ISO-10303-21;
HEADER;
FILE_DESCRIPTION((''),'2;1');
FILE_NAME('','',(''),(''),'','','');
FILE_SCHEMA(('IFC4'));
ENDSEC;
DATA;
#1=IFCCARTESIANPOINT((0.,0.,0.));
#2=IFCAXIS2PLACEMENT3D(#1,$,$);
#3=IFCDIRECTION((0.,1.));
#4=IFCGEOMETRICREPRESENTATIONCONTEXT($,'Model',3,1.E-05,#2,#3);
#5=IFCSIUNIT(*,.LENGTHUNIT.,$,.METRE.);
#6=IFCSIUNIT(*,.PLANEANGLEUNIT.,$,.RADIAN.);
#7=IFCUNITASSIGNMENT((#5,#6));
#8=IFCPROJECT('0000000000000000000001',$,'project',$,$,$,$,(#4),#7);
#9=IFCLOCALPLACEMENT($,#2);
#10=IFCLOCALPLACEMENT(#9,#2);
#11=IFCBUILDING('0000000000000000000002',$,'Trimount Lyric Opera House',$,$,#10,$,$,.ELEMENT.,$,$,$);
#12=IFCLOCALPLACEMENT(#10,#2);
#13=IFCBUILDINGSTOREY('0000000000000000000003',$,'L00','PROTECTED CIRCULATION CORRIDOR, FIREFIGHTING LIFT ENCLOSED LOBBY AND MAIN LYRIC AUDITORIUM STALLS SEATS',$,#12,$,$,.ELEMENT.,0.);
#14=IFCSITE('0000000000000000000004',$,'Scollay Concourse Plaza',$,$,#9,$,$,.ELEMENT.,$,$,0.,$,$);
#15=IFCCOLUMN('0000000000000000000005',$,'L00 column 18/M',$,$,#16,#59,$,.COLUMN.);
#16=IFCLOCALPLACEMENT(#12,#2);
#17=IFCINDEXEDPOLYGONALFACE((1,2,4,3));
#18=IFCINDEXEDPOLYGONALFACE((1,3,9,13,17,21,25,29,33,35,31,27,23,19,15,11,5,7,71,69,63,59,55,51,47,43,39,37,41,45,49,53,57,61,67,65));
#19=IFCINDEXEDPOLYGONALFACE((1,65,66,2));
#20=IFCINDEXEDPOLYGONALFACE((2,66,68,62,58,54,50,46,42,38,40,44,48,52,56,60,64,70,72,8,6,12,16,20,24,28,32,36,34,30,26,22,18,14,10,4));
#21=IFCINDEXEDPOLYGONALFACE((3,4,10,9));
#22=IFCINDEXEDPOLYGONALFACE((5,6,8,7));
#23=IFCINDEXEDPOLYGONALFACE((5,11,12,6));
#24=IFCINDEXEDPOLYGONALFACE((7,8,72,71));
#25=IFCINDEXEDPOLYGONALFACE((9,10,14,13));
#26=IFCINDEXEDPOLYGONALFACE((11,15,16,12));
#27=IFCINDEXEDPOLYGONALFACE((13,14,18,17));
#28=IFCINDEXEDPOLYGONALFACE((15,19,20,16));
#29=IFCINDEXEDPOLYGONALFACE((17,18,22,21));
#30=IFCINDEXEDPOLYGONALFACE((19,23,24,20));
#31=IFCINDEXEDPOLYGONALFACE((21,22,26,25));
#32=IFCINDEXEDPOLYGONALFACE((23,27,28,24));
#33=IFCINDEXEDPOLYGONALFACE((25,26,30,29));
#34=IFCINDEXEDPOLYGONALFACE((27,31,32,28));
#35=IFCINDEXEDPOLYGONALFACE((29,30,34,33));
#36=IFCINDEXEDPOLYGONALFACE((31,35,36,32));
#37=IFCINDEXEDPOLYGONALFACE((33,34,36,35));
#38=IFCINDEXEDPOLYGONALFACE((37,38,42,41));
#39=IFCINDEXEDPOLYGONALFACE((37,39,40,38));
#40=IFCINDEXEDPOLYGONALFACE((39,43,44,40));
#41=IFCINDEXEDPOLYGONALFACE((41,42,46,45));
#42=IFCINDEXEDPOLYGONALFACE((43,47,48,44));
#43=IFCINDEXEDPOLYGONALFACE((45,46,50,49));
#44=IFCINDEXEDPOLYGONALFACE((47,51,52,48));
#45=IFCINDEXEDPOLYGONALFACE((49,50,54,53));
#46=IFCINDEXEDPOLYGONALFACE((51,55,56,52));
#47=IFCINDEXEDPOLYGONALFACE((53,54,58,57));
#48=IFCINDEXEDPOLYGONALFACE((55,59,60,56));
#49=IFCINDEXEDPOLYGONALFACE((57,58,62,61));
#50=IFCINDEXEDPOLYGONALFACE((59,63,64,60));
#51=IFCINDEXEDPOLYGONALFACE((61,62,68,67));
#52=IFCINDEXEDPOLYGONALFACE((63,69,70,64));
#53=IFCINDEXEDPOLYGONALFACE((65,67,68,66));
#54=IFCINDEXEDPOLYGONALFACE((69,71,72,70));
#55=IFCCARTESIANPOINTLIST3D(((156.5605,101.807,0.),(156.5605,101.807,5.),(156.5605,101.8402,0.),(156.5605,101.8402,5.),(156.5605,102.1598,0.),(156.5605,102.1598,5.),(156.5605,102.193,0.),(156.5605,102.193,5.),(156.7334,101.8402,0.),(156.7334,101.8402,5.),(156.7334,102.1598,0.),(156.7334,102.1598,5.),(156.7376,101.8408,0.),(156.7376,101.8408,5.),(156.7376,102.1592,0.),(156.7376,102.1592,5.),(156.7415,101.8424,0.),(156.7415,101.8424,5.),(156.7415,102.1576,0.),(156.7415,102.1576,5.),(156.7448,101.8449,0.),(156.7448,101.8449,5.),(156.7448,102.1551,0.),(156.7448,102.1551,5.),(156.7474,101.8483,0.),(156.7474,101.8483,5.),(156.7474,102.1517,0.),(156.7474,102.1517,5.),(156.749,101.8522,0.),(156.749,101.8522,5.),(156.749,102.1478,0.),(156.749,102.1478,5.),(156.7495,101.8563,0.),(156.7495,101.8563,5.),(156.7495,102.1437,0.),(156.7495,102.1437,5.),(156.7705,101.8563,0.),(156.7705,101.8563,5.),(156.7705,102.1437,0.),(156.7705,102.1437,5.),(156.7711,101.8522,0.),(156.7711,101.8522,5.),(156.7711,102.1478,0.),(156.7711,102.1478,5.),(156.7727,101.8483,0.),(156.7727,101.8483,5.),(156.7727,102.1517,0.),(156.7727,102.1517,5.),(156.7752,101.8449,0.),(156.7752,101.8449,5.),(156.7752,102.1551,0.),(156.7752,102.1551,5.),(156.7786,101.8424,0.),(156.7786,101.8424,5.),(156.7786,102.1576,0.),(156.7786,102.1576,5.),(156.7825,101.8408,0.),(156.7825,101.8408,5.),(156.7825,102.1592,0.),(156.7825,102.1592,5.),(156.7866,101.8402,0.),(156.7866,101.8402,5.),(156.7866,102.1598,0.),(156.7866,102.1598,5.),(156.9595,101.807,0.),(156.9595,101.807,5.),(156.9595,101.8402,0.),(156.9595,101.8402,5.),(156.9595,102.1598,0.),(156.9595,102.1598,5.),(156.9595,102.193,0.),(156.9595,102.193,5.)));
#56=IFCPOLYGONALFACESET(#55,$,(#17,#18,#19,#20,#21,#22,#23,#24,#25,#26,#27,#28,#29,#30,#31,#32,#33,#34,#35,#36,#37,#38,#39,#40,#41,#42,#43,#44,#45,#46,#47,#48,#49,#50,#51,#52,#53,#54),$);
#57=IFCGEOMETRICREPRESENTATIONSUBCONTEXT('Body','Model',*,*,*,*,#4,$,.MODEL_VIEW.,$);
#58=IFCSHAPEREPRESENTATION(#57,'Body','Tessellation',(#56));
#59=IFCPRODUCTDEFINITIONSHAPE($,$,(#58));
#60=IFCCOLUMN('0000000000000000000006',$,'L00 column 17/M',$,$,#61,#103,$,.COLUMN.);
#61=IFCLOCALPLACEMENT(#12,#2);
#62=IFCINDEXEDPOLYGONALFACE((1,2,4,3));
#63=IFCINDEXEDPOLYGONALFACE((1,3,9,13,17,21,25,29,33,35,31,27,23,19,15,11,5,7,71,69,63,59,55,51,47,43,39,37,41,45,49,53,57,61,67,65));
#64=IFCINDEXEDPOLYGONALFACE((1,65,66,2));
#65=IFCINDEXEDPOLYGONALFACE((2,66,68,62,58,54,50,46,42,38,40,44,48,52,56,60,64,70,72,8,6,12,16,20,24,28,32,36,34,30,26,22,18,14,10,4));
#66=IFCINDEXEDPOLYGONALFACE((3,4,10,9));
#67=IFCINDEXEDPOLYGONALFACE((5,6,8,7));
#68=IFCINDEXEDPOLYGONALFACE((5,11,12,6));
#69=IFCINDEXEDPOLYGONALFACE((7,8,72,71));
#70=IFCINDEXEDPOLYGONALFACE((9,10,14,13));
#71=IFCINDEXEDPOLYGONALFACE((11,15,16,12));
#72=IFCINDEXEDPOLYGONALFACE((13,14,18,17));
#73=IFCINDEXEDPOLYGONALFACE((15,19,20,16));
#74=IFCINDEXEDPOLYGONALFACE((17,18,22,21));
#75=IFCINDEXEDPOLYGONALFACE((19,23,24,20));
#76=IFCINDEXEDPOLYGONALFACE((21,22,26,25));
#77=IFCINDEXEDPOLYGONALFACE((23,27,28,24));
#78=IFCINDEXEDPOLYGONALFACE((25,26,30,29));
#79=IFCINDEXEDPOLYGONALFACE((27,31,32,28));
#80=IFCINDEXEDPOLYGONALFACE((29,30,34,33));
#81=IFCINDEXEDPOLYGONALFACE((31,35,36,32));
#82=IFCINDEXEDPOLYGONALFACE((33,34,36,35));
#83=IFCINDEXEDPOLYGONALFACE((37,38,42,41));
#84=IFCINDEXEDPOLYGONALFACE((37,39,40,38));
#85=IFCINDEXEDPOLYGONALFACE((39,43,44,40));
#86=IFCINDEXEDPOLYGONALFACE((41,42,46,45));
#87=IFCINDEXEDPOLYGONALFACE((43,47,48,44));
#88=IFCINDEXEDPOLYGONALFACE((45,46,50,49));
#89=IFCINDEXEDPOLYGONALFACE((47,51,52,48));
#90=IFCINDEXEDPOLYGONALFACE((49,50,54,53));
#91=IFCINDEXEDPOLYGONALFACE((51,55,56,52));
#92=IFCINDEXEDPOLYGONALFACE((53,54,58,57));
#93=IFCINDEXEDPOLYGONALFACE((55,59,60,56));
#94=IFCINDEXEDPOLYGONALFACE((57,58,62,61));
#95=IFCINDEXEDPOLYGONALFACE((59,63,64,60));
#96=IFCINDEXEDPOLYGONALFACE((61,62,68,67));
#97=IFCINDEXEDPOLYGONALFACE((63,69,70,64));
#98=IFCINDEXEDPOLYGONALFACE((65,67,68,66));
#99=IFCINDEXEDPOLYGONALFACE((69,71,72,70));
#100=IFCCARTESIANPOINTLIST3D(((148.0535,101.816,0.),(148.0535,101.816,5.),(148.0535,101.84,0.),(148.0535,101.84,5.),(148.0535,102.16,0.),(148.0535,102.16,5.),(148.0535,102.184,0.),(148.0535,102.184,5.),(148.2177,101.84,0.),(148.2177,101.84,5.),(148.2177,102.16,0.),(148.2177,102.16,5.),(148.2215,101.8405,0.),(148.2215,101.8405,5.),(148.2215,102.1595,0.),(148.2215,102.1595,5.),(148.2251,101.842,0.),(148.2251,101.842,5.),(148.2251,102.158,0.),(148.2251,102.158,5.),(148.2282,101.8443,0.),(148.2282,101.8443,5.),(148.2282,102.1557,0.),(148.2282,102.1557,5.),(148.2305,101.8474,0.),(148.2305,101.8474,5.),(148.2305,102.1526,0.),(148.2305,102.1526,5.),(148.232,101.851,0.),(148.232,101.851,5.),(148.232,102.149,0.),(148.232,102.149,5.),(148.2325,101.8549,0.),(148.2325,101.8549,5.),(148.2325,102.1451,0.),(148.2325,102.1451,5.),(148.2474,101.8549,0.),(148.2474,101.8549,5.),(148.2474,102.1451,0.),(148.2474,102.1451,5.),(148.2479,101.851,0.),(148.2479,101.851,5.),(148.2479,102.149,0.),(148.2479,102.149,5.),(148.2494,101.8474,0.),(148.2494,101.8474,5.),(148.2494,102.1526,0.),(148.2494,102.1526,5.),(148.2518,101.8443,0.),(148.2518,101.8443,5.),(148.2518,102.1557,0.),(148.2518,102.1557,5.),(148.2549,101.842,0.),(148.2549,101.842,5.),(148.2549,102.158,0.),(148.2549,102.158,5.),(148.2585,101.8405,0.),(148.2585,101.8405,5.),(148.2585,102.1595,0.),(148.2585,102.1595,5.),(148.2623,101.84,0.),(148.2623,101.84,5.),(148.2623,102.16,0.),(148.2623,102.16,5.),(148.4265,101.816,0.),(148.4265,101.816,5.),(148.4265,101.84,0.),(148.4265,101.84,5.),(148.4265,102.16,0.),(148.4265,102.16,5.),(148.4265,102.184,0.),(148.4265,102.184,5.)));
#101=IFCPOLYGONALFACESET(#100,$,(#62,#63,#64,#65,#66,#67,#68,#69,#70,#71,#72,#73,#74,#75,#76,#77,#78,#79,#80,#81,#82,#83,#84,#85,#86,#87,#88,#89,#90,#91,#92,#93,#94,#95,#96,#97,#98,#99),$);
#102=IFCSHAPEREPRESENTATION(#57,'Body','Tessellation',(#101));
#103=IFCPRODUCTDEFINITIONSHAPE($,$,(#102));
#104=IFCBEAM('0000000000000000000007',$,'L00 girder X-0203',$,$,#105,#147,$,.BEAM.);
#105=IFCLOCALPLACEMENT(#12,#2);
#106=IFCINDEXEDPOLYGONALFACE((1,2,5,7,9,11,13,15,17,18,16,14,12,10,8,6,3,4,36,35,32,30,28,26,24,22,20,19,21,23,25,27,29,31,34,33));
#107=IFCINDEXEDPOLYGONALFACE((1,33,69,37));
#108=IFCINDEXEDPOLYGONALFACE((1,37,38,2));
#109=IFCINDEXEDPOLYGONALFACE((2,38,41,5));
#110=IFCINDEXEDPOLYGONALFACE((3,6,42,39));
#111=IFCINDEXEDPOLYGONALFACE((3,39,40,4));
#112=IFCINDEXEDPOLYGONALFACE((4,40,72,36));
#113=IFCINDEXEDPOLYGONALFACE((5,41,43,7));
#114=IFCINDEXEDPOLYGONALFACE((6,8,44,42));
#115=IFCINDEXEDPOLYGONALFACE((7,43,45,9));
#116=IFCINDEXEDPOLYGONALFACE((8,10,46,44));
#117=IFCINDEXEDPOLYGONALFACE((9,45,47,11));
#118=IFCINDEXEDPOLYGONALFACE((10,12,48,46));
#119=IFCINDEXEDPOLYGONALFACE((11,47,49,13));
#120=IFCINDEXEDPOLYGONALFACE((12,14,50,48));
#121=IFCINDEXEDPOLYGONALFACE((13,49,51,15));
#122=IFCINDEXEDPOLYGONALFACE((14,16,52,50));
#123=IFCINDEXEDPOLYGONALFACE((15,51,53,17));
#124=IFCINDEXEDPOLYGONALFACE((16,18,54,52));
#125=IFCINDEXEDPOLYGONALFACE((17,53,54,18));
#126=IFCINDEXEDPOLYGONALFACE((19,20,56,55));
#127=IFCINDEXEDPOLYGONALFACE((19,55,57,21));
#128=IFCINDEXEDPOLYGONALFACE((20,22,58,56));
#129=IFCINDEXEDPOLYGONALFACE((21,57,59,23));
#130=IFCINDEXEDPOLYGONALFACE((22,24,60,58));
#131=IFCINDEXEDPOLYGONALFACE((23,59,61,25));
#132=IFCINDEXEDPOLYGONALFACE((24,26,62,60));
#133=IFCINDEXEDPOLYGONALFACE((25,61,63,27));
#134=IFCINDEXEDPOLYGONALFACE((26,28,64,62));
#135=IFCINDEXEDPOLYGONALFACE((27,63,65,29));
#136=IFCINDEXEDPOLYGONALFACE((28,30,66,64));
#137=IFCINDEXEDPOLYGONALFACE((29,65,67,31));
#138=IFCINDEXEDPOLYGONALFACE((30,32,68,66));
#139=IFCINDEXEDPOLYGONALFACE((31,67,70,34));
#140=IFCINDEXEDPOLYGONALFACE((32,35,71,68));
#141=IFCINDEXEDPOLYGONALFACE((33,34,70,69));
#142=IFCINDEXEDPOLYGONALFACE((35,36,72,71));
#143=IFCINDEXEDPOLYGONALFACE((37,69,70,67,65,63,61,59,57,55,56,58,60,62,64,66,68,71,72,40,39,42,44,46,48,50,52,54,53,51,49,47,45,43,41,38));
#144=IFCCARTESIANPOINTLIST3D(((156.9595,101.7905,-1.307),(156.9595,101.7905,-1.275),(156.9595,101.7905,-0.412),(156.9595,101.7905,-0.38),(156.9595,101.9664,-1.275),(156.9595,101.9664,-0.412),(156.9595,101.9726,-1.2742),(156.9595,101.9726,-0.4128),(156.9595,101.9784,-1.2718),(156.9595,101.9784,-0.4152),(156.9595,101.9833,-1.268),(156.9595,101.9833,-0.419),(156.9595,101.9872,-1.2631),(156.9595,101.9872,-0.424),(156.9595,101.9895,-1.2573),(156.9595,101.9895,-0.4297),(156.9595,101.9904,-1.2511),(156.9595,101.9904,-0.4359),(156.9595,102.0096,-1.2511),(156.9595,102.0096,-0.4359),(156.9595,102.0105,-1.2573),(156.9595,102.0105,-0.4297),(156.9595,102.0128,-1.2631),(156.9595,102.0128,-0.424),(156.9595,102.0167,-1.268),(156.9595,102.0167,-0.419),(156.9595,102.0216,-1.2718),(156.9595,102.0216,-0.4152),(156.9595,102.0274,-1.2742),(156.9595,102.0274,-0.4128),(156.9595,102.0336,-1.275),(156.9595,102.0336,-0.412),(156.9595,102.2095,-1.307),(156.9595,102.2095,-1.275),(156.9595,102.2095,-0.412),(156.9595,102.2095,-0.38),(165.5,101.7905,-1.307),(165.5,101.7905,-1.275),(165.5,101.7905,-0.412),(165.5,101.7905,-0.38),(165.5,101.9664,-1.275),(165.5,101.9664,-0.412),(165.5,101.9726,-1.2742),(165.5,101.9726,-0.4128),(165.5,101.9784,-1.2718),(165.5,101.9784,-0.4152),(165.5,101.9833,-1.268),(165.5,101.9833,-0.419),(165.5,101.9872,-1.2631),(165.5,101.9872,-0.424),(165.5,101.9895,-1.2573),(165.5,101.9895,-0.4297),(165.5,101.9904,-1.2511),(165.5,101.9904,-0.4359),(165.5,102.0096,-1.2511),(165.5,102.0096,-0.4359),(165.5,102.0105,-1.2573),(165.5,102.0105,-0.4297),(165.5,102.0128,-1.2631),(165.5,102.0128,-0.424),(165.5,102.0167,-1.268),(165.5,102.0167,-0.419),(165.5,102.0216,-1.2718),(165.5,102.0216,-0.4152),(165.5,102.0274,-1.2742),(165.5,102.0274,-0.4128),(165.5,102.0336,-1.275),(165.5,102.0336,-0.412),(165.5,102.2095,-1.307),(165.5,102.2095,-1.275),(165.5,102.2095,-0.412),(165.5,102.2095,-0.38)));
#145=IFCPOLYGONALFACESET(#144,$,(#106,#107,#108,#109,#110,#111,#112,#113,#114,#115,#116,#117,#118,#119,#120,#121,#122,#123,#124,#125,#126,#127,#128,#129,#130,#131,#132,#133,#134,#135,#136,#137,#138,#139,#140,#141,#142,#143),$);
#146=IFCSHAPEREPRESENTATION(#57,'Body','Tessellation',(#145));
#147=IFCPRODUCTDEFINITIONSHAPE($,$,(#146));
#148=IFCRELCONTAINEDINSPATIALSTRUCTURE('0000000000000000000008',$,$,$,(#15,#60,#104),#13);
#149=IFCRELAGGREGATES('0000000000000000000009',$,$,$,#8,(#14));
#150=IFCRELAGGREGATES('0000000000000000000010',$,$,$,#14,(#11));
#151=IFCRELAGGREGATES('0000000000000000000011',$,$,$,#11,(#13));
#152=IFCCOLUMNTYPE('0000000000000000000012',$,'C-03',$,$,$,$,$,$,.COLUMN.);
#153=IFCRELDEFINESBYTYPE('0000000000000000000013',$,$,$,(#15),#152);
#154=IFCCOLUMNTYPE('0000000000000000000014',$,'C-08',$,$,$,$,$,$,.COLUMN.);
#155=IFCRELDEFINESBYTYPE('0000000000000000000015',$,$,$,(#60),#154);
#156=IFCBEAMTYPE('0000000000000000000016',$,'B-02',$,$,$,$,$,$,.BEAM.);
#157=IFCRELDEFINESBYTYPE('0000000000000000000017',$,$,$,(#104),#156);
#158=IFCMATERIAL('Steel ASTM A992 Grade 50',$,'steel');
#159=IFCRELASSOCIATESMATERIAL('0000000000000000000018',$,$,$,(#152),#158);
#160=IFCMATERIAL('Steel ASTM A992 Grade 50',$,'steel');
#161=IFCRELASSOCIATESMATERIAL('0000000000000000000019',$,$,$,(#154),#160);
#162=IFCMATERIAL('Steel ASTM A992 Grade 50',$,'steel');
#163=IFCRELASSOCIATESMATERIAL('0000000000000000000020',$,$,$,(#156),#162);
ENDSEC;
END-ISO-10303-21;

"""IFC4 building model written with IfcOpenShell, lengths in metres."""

from ifc_helpers import new_model, si_unit, direction, frame, origin, origin_2d, place, context, subcontext, project, spatial, i_section, extrude, material, material_profile, profile_set, type_object, element, save


model = new_model("IFC4")

# Units and contexts
model_context = context("Model", 3, precision=1e-05, world=origin(), true_north=direction((0.0, 1.0)))
body_context = subcontext(model_context, "Body", "Model", "MODEL_VIEW")
ifc_project = project(units=[si_unit("LENGTHUNIT", "METRE"), si_unit("PLANEANGLEUNIT", "RADIAN")], contexts=[model_context])

# Site, building, storey
site_placement = place(None, origin())
site = spatial("IfcSite", under=ifc_project, at=site_placement, Name="Scollay Concourse Plaza", CompositionType="ELEMENT", RefElevation=0.0)
building_placement = place(site_placement, origin())
building = spatial("IfcBuilding", under=site, at=building_placement, Name="Trimount Lyric Opera House", CompositionType="ELEMENT")
storey_placement = place(building_placement, origin())
storey = spatial("IfcBuildingStorey", under=building, at=storey_placement, Name="L00", Description="PROTECTED CIRCULATION CORRIDOR, FIREFIGHTING LIFT ENCLOSED LOBBY AND MAIN LYRIC AUDITORIUM STALLS SEATS", CompositionType="ELEMENT", Elevation=0.0)

# Columns
ifc_material_1 = material(Name="Steel ASTM A992 Grade 50", Category="steel")
ifc_material_profile_1 = material_profile(ifc_material_1, i_section(OverallWidth=0.3989, OverallDepth=0.386, WebThickness=0.021, FlangeThickness=0.0332, FilletRadius=0.0161, at=origin_2d()), Name="W14X176")
ifc_profile_set_1 = profile_set([ifc_material_profile_1], Name="Steel ASTM A992 Grade 50")
column_type_1 = type_object("IfcColumnType", Name="C-03", PredefinedType="COLUMN", material=ifc_profile_set_1)
column_1_placement = place(storey_placement, frame((156.76, 102.0, 0.0), z_axis=(0.0, 0.0, 1.0), x_axis=(1.0, 0.0, 0.0)))
element("IfcColumn", 1, at=column_1_placement, inside=storey, type_object=column_type_1, Name="L00 column 18/M", PredefinedType="COLUMN", context=body_context, shape_type="SweptSolid", body=[
    extrude(i_section(OverallWidth=0.3989, OverallDepth=0.386, WebThickness=0.021, FlangeThickness=0.0332, FilletRadius=0.0161, at=origin_2d()), origin(), (0.0, 0.0, 1.0), 5.0),
])
ifc_material_2 = material(Name="Steel ASTM A992 Grade 50", Category="steel")
ifc_material_profile_2 = material_profile(ifc_material_2, i_section(OverallWidth=0.373, OverallDepth=0.3679, WebThickness=0.0149, FlangeThickness=0.0239, FilletRadius=0.0149, at=origin_2d()), Name="W14X120")
ifc_profile_set_2 = profile_set([ifc_material_profile_2], Name="Steel ASTM A992 Grade 50")
column_type_2 = type_object("IfcColumnType", Name="C-08", PredefinedType="COLUMN", material=ifc_profile_set_2)
column_2_placement = place(storey_placement, frame((148.24, 102.0, 0.0), z_axis=(0.0, 0.0, 1.0), x_axis=(1.0, 0.0, 0.0)))
element("IfcColumn", 2, at=column_2_placement, inside=storey, type_object=column_type_2, Name="L00 column 17/M", PredefinedType="COLUMN", context=body_context, shape_type="SweptSolid", body=[
    extrude(i_section(OverallWidth=0.373, OverallDepth=0.3679, WebThickness=0.0149, FlangeThickness=0.0239, FilletRadius=0.0149, at=origin_2d()), origin(), (0.0, 0.0, 1.0), 5.0),
])

# Beam
ifc_material_3 = material(Name="Steel ASTM A992 Grade 50", Category="steel")
ifc_material_profile_3 = material_profile(ifc_material_3, i_section(OverallWidth=0.4189, OverallDepth=0.927, WebThickness=0.0193, FlangeThickness=0.032, FilletRadius=0.0239, at=origin_2d()), Name="W36X231")
ifc_profile_set_3 = profile_set([ifc_material_profile_3], Name="Steel ASTM A992 Grade 50")
beam_type_1 = type_object("IfcBeamType", Name="B-02", PredefinedType="BEAM", material=ifc_profile_set_3)
beam_1_placement = place(storey_placement, frame((156.9595, 102.0, -0.8435), z_axis=(1.0, 0.0, 0.0), x_axis=(0.0, 1.0, 0.0)))
element("IfcBeam", 3, at=beam_1_placement, inside=storey, type_object=beam_type_1, Name="L00 girder X-0203", PredefinedType="BEAM", context=body_context, shape_type="SweptSolid", body=[
    extrude(i_section(OverallWidth=0.4189, OverallDepth=0.927, WebThickness=0.0193, FlangeThickness=0.032, FilletRadius=0.0239, at=origin_2d()), origin(), (0.0, 0.0, 1.0), 8.5405),
])

save(model, "model.ifc")
